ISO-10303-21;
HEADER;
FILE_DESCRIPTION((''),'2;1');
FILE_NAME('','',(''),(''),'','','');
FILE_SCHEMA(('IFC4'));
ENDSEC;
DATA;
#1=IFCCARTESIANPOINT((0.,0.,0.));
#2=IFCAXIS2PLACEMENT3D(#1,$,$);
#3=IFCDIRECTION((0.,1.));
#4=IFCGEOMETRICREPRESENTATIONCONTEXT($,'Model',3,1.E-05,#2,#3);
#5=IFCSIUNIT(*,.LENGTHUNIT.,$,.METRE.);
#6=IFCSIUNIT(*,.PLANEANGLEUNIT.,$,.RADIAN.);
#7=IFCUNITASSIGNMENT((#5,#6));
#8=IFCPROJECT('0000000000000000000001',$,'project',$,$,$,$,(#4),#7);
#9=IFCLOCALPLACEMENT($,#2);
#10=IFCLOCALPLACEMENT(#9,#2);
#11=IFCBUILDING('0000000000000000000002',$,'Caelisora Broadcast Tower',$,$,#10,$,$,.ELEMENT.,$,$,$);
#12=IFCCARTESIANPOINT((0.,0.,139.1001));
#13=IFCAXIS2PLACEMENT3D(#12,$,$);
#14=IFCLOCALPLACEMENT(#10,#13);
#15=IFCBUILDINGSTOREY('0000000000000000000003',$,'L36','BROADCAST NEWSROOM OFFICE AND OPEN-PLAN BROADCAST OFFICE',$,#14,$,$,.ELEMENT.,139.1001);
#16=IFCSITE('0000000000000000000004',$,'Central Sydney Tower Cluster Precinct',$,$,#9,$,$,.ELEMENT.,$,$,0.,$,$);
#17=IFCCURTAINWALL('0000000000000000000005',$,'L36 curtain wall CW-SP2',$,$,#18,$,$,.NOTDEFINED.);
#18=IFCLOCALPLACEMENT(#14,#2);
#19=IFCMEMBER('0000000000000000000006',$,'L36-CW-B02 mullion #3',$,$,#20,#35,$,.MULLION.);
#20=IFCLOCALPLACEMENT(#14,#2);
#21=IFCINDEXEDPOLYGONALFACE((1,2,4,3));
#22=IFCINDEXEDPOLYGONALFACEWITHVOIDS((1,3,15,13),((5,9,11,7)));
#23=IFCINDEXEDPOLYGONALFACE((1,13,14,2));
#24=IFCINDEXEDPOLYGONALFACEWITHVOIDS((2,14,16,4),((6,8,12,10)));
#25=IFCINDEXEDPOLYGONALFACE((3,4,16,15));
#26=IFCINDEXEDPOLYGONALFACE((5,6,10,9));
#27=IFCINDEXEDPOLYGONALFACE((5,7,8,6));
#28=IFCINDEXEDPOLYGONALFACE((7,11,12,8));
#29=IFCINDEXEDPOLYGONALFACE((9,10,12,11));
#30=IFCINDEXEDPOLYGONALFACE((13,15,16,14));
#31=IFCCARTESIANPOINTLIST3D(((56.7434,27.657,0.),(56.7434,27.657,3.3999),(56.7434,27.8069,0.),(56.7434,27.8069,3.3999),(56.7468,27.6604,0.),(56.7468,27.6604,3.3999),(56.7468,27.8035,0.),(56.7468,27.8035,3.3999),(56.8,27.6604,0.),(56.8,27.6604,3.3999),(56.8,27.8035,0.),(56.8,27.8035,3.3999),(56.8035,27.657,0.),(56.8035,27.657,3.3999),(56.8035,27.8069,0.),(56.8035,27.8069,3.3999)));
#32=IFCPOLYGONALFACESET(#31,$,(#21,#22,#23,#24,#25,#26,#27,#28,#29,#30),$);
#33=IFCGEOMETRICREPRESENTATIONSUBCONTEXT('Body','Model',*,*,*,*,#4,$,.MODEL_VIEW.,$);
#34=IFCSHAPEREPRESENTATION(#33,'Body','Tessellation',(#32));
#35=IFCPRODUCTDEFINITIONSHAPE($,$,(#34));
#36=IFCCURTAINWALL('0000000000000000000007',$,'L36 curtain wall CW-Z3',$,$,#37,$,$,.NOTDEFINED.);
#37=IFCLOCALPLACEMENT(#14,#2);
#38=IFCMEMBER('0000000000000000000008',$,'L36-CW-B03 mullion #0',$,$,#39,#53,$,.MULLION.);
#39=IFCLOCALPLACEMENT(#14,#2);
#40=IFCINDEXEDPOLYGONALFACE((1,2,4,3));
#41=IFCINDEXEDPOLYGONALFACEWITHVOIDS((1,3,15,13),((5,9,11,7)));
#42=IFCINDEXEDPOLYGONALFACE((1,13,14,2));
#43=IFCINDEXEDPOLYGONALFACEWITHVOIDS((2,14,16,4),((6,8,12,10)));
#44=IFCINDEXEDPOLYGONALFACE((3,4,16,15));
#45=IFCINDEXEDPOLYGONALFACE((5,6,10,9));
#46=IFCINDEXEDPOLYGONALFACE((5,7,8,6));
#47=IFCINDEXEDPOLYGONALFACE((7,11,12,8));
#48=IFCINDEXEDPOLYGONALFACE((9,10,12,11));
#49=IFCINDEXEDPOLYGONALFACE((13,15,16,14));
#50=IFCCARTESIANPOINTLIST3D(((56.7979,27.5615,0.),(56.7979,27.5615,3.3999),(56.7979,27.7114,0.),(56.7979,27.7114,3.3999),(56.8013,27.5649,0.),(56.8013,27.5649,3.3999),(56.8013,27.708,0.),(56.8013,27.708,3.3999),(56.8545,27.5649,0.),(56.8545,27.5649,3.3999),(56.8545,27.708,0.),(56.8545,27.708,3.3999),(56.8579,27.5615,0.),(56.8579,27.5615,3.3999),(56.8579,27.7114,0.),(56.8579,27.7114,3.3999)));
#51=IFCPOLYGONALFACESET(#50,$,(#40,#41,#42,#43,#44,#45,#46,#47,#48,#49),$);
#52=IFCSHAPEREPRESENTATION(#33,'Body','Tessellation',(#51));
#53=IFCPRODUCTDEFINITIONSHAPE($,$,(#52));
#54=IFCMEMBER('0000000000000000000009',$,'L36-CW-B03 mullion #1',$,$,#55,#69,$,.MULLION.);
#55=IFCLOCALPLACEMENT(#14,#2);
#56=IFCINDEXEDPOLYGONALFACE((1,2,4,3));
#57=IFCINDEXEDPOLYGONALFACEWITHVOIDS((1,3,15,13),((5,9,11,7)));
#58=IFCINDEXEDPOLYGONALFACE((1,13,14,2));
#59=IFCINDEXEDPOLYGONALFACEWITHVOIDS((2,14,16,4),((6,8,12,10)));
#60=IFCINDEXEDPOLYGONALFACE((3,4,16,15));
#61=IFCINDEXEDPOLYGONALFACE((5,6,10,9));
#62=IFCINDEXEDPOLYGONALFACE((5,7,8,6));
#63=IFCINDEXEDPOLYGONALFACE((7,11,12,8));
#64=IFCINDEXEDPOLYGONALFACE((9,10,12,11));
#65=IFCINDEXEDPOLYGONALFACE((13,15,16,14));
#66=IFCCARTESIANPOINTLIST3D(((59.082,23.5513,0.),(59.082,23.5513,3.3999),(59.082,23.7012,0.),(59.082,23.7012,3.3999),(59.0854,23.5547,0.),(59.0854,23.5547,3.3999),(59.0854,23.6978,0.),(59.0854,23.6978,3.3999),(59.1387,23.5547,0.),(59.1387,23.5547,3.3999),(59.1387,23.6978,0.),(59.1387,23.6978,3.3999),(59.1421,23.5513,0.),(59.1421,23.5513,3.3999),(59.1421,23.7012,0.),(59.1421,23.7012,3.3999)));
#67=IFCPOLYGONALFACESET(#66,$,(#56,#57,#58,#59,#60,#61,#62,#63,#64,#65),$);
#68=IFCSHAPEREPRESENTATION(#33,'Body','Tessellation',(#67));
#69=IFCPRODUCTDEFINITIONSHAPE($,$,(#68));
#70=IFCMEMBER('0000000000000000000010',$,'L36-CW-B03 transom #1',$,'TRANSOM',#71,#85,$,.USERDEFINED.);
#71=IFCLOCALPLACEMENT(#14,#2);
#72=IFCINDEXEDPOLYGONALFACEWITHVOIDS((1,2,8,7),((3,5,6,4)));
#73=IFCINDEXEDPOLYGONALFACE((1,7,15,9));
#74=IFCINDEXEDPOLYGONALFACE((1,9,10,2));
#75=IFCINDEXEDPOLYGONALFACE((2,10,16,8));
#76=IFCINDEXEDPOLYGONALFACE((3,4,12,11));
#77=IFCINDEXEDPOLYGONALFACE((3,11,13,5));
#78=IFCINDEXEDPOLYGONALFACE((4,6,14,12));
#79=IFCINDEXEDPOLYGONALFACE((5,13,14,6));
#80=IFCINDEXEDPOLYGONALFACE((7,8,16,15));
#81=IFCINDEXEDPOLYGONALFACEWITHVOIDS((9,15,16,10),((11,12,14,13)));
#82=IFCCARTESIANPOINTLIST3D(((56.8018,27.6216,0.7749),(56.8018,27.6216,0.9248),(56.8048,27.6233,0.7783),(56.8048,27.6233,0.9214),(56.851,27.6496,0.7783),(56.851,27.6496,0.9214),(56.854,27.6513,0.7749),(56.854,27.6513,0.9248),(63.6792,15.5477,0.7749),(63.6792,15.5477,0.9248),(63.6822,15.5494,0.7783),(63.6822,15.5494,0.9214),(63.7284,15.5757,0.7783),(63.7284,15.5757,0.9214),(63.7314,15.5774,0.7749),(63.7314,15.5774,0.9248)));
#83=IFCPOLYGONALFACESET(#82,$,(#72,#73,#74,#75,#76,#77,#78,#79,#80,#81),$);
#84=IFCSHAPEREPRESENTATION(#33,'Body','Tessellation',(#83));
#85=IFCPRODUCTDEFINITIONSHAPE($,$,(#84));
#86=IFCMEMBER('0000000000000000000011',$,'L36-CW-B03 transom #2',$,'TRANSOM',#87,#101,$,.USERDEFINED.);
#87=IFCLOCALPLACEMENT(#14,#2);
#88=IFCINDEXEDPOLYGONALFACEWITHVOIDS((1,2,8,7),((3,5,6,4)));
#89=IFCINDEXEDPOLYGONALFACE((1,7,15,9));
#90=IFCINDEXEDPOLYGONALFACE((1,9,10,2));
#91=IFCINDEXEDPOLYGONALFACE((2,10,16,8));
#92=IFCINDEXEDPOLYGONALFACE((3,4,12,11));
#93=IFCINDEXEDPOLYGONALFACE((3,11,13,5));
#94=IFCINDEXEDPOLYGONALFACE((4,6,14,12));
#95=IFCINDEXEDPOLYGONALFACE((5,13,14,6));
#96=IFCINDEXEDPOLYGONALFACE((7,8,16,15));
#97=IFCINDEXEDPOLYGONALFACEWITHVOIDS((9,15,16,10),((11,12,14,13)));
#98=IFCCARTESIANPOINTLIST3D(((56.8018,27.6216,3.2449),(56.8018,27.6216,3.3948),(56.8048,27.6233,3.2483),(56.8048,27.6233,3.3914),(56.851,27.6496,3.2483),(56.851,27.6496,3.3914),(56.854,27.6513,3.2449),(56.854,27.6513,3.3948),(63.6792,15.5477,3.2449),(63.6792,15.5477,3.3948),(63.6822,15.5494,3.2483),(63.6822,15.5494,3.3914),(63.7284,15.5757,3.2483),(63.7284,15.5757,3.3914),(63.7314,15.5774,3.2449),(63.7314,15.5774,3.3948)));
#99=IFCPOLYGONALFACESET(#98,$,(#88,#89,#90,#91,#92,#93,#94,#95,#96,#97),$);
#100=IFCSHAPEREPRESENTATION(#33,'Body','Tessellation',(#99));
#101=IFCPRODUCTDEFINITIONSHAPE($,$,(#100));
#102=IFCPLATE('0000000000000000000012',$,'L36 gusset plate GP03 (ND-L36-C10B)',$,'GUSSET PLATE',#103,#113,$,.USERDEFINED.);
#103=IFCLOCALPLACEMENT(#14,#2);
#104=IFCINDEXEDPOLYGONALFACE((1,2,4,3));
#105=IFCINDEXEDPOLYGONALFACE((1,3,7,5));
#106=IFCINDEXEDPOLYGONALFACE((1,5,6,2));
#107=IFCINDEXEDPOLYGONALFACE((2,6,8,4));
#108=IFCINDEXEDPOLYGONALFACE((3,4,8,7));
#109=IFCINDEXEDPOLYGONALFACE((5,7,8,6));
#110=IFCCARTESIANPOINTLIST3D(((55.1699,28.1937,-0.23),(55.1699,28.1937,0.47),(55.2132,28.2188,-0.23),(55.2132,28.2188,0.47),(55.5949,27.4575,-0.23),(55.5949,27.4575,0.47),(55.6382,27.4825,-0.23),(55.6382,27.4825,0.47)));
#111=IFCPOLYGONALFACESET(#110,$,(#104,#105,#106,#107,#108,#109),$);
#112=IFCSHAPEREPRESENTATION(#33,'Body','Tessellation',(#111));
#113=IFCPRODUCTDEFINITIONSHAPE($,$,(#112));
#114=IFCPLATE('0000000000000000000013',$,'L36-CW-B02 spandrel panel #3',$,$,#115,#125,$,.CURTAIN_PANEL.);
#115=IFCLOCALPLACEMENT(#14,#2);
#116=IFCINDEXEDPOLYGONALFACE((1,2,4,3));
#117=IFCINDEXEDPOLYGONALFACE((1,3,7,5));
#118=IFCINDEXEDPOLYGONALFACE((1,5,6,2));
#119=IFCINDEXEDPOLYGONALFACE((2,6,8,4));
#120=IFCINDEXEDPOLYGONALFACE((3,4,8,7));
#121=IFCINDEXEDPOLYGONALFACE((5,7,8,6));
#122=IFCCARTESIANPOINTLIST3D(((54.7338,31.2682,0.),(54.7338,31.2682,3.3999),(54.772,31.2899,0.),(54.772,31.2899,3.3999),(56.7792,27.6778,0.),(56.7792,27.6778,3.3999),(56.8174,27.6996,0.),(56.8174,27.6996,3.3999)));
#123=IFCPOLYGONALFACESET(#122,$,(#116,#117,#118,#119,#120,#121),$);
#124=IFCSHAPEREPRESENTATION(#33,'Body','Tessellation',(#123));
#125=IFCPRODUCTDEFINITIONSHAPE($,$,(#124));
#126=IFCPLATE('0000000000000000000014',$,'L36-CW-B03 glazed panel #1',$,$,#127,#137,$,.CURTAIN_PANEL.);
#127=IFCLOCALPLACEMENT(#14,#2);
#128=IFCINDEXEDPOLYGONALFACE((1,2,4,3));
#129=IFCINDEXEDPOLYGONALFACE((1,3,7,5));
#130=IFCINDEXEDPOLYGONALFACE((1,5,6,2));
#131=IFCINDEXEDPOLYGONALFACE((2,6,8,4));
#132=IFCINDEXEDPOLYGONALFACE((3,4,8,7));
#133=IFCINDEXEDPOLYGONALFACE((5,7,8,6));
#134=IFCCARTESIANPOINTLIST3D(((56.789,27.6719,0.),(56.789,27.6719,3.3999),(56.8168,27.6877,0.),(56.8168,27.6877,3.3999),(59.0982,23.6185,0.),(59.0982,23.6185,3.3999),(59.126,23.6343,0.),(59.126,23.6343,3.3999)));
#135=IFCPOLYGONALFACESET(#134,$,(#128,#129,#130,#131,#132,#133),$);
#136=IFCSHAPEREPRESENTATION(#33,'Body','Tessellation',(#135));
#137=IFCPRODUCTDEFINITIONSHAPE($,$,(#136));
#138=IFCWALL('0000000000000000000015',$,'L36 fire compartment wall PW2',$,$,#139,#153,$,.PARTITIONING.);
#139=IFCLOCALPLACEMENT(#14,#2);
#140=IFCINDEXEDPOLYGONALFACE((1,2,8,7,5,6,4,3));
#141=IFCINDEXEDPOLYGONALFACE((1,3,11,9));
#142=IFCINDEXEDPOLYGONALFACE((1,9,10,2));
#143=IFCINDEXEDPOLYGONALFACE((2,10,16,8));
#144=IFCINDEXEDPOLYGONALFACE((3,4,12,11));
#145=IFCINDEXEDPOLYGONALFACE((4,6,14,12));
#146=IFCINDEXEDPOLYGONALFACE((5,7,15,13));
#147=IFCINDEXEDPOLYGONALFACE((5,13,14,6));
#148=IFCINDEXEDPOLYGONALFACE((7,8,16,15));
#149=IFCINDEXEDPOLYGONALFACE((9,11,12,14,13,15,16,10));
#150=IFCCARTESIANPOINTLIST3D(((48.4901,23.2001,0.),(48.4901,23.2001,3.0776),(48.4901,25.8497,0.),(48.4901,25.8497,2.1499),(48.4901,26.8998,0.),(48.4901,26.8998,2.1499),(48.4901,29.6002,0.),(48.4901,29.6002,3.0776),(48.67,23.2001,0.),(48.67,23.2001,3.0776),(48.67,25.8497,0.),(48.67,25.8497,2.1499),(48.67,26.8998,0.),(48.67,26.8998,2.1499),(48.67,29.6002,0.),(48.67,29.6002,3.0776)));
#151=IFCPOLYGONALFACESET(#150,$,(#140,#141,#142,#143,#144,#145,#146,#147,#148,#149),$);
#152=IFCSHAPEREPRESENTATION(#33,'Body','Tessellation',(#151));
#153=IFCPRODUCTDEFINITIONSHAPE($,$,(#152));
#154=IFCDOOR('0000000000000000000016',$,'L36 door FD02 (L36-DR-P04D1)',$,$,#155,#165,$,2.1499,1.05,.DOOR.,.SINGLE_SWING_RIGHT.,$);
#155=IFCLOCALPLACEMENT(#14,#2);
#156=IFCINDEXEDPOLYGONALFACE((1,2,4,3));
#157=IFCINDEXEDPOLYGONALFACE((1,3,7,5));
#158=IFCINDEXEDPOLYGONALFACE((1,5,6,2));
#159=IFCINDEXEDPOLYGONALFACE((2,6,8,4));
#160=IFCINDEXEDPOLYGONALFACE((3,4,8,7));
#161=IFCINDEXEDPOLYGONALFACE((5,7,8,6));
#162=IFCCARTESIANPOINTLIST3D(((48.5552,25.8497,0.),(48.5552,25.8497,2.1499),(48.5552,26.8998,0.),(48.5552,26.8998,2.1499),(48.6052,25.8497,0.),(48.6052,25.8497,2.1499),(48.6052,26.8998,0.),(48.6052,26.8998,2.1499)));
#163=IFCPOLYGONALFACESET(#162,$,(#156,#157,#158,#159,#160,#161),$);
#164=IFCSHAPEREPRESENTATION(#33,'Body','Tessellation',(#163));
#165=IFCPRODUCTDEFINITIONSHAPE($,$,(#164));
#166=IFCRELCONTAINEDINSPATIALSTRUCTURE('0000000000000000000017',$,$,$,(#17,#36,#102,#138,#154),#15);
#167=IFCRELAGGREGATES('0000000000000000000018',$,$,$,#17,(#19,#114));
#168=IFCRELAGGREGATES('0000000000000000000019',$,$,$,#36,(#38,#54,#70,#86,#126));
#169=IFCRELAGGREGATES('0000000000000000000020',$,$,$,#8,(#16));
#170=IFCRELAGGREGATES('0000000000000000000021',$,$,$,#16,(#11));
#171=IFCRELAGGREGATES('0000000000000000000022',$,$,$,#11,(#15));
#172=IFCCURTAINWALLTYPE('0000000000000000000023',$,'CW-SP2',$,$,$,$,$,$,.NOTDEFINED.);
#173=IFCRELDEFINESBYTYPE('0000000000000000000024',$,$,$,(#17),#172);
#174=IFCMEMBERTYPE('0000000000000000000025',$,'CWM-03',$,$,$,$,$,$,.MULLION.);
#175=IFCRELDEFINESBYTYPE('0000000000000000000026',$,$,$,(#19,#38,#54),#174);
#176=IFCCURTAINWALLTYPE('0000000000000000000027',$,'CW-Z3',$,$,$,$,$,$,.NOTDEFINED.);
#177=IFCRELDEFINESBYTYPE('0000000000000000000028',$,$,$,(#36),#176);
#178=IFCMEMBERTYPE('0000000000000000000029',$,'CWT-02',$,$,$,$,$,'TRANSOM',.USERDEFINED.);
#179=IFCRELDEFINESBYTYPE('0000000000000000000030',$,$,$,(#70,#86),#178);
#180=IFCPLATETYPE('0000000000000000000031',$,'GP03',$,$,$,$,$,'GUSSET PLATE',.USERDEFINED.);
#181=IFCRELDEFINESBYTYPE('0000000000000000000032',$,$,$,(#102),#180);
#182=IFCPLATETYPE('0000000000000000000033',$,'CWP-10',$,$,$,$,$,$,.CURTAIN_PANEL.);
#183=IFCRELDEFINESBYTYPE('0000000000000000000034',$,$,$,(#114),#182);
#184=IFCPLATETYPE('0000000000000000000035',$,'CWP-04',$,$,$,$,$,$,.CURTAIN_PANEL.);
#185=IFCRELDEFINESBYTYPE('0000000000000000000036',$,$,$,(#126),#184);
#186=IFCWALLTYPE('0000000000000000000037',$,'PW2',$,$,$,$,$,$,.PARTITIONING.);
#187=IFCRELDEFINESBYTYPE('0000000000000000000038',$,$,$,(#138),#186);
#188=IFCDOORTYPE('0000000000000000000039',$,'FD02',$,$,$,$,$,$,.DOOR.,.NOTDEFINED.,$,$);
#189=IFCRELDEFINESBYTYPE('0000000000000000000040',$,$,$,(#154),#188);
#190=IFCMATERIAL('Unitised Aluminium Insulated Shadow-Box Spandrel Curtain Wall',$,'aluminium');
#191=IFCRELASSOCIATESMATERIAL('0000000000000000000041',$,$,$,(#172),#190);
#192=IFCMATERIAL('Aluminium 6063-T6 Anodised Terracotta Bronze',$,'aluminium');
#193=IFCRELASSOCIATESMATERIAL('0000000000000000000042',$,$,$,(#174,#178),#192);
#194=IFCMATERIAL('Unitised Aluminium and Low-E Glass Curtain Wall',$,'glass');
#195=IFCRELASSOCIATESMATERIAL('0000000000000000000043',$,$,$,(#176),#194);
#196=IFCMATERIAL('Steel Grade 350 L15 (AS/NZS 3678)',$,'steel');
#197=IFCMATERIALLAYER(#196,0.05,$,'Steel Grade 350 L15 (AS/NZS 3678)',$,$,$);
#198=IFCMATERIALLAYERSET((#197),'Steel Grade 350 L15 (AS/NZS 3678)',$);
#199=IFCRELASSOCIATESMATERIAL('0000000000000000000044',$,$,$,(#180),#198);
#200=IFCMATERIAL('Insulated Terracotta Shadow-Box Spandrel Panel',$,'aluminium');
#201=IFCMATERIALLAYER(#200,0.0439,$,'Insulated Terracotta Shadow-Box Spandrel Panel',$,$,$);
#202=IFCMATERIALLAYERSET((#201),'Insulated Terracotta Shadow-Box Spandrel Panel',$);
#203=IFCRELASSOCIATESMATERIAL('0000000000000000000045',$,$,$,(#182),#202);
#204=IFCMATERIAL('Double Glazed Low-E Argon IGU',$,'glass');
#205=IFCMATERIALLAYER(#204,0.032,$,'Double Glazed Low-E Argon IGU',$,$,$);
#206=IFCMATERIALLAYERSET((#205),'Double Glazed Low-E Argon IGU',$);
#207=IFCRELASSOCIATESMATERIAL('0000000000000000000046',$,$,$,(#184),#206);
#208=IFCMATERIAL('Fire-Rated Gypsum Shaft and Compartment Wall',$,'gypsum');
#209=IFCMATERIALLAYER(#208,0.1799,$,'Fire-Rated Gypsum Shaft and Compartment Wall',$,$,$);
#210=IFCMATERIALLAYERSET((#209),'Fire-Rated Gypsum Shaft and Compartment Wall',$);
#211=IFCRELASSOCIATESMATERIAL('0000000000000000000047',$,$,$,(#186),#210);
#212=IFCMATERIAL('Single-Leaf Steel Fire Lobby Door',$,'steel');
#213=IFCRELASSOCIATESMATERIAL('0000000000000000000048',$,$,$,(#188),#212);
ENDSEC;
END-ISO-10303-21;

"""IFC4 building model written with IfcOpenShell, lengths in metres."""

from ifc_helpers import new_model, si_unit, direction, frame, frame_2d, origin, origin_2d, place, context, subcontext, project, spatial, rectangle, hollow_rectangle, extrude, source, transform, mapped, material, layer, layer_set, material_profile, profile_set, type_object, type_shapes, element, fill, aggregate, save


model = new_model("IFC4")

# Units and contexts
model_context = context("Model", 3, precision=1e-05, world=origin(), true_north=direction((0.0, 1.0)))
body_context = subcontext(model_context, "Body", "Model", "MODEL_VIEW")
ifc_project = project(units=[si_unit("LENGTHUNIT", "METRE"), si_unit("PLANEANGLEUNIT", "RADIAN")], contexts=[model_context])

# Site, building, storey
site_placement = place(None, origin())
site = spatial("IfcSite", under=ifc_project, at=site_placement, Name="Central Sydney Tower Cluster Precinct", CompositionType="ELEMENT", RefElevation=0.0)
building_placement = place(site_placement, origin())
building = spatial("IfcBuilding", under=site, at=building_placement, Name="Caelisora Broadcast Tower", CompositionType="ELEMENT")
storey_placement = place(building_placement, frame((0.0, 0.0, 139.1001)))
storey = spatial("IfcBuildingStorey", under=building, at=storey_placement, Name="L36", Description="BROADCAST NEWSROOM OFFICE AND OPEN-PLAN BROADCAST OFFICE", CompositionType="ELEMENT", Elevation=139.1001)

# Shared definitions
ifc_material_1 = material(Name="Steel Grade 350 L15 (AS/NZS 3678)", Category="steel")

# Curtain walls, members
ifc_material_2 = material(Name="Unitised Aluminium Insulated Shadow-Box Spandrel Curtain Wall", Category="aluminium")
curtain_wall_type_1 = type_object("IfcCurtainWallType", Name="CW-SP2", PredefinedType="NOTDEFINED", material=ifc_material_2)
curtain_wall_1_placement = place(storey_placement, origin())
curtain_wall_1 = element("IfcCurtainWall", 1, at=curtain_wall_1_placement, inside=storey, type_object=curtain_wall_type_1, Name="L36 curtain wall CW-SP2", PredefinedType="NOTDEFINED")
ifc_material_3 = material(Name="Aluminium 6063-T6 Anodised Terracotta Bronze", Category="aluminium")
ifc_material_profile_1 = material_profile(ifc_material_3, hollow_rectangle(XDim=0.0601, YDim=0.1499, WallThickness=0.0034, at=origin_2d()), Name="Aluminium 6063-T6 Anodised Terracotta Bronze")
ifc_profile_set_1 = profile_set([ifc_material_profile_1], Name="Aluminium 6063-T6 Anodised Terracotta Bronze")
member_type_1 = type_object("IfcMemberType", Name="CWM-03", PredefinedType="MULLION", material=ifc_profile_set_1)
shared_shape_1 = source(origin(), body_context, "Body", "SweptSolid", [
    extrude(hollow_rectangle(XDim=0.0601, YDim=0.1499, WallThickness=0.0034, at=origin_2d()), origin(), (0.0, 0.0, 1.0), 3.3999),
])
type_shapes(member_type_1, [shared_shape_1])
member_1_placement = place(storey_placement, frame((56.7734, 27.7319, 0.0), z_axis=(0.0, 0.0, 1.0), x_axis=(1.0, 0.0, 0.0)))
member_1 = element("IfcMember", 2, at=member_1_placement, type_object=member_type_1, Name="L36-CW-B02 mullion #3", PredefinedType="MULLION", context=body_context, shape_type="MappedRepresentation", body=[
    mapped(shared_shape_1, transform((0.0, 0.0, 0.0), scale=1.0)),
])
ifc_material_4 = material(Name="Unitised Aluminium and Low-E Glass Curtain Wall", Category="glass")
curtain_wall_type_2 = type_object("IfcCurtainWallType", Name="CW-Z3", PredefinedType="NOTDEFINED", material=ifc_material_4)
curtain_wall_2_placement = place(storey_placement, origin())
curtain_wall_2 = element("IfcCurtainWall", 3, at=curtain_wall_2_placement, inside=storey, type_object=curtain_wall_type_2, Name="L36 curtain wall CW-Z3", PredefinedType="NOTDEFINED")
member_2_placement = place(storey_placement, frame((56.8279, 27.6365, 0.0), z_axis=(0.0, 0.0, 1.0), x_axis=(1.0, 0.0, 0.0)))
member_2 = element("IfcMember", 4, at=member_2_placement, type_object=member_type_1, Name="L36-CW-B03 mullion #0", PredefinedType="MULLION", context=body_context, shape_type="MappedRepresentation", body=[
    mapped(shared_shape_1, transform((0.0, 0.0, 0.0), scale=1.0)),
])
member_3_placement = place(storey_placement, frame((59.1121, 23.6262, 0.0), z_axis=(0.0, 0.0, 1.0), x_axis=(1.0, 0.0, 0.0)))
member_3 = element("IfcMember", 5, at=member_3_placement, type_object=member_type_1, Name="L36-CW-B03 mullion #1", PredefinedType="MULLION", context=body_context, shape_type="MappedRepresentation", body=[
    mapped(shared_shape_1, transform((0.0, 0.0, 0.0), scale=1.0)),
])
ifc_material_profile_2 = material_profile(ifc_material_3, hollow_rectangle(XDim=0.0601, YDim=0.1499, WallThickness=0.0034, at=origin_2d()), Name="Aluminium 6063-T6 Anodised Terracotta Bronze")
ifc_profile_set_2 = profile_set([ifc_material_profile_2], Name="Aluminium 6063-T6 Anodised Terracotta Bronze")
member_type_2 = type_object("IfcMemberType", Name="CWT-02", ElementType="TRANSOM", PredefinedType="USERDEFINED", material=ifc_profile_set_2)
shared_shape_2 = source(origin(), body_context, "Body", "SweptSolid", [
    extrude(hollow_rectangle(XDim=0.0601, YDim=0.1499, WallThickness=0.0034, at=origin_2d()), origin(), (0.0, 0.0, 1.0), 13.8953),
])
type_shapes(member_type_2, [shared_shape_2])
member_4_placement = place(storey_placement, frame((56.8279, 27.6365, 0.8499), z_axis=(0.494946, -0.868923, 0.0), x_axis=(0.868923, 0.494946, 0.0)))
member_4 = element("IfcMember", 6, at=member_4_placement, type_object=member_type_2, Name="L36-CW-B03 transom #1", ObjectType="TRANSOM", PredefinedType="USERDEFINED", context=body_context, shape_type="MappedRepresentation", body=[
    mapped(shared_shape_2, transform((0.0, 0.0, 0.0), scale=1.0)),
])
member_5_placement = place(storey_placement, frame((56.8279, 27.6365, 3.3198), z_axis=(0.494946, -0.868923, 0.0), x_axis=(0.868923, 0.494946, 0.0)))
member_5 = element("IfcMember", 7, at=member_5_placement, type_object=member_type_2, Name="L36-CW-B03 transom #2", ObjectType="TRANSOM", PredefinedType="USERDEFINED", context=body_context, shape_type="MappedRepresentation", body=[
    mapped(shared_shape_2, transform((0.0, 0.0, 0.0), scale=1.0)),
])

# Plates
ifc_layer_1 = layer(ifc_material_1, 0.05, Name="Steel Grade 350 L15 (AS/NZS 3678)")
ifc_layer_set_1 = layer_set([ifc_layer_1], Name="Steel Grade 350 L15 (AS/NZS 3678)")
plate_type_1 = type_object("IfcPlateType", Name="GP03", ElementType="GUSSET PLATE", PredefinedType="USERDEFINED", material=ifc_layer_set_1)
shared_shape_3 = source(origin(), body_context, "Body", "SweptSolid", [
    extrude(rectangle(XDim=0.8501, YDim=0.05, at=origin_2d()), origin(), (0.0, 0.0, 1.0), 0.7),
])
type_shapes(plate_type_1, [shared_shape_3])
plate_1_placement = place(storey_placement, frame((55.4041, 27.8381, -0.23), z_axis=(0.0, 0.0, 1.0), x_axis=(-0.5, 0.866025, 0.0)))
element("IfcPlate", 8, at=plate_1_placement, inside=storey, type_object=plate_type_1, Name="L36 gusset plate GP03 (ND-L36-C10B)", ObjectType="GUSSET PLATE", PredefinedType="USERDEFINED", context=body_context, shape_type="MappedRepresentation", body=[
    mapped(shared_shape_3, transform((0.0, 0.0, 0.0), scale=1.0)),
])
ifc_material_5 = material(Name="Insulated Terracotta Shadow-Box Spandrel Panel", Category="aluminium")
ifc_layer_2 = layer(ifc_material_5, 0.0439, Name="Insulated Terracotta Shadow-Box Spandrel Panel")
ifc_layer_set_2 = layer_set([ifc_layer_2], Name="Insulated Terracotta Shadow-Box Spandrel Panel")
plate_type_2 = type_object("IfcPlateType", Name="CWP-10", PredefinedType="CURTAIN_PANEL", material=ifc_layer_set_2)
shared_shape_4 = source(origin(), body_context, "Body", "SweptSolid", [
    extrude(rectangle(XDim=4.1321, YDim=0.0439, at=origin_2d()), origin(), (0.0, 0.0, 1.0), 3.3999),
])
type_shapes(plate_type_2, [shared_shape_4])
plate_2_placement = place(storey_placement, frame((55.7756, 29.4839, 0.0), z_axis=(0.0, 0.0, 1.0), x_axis=(0.495004, -0.868891, 0.0)))
plate_2 = element("IfcPlate", 9, at=plate_2_placement, type_object=plate_type_2, Name="L36-CW-B02 spandrel panel #3", PredefinedType="CURTAIN_PANEL", context=body_context, shape_type="MappedRepresentation", body=[
    mapped(shared_shape_4, transform((0.0, 0.0, 0.0), scale=1.0)),
])
aggregate(curtain_wall_1, [member_1, plate_2])
ifc_material_6 = material(Name="Double Glazed Low-E Argon IGU", Category="glass")
ifc_layer_3 = layer(ifc_material_6, 0.032, Name="Double Glazed Low-E Argon IGU")
ifc_layer_set_3 = layer_set([ifc_layer_3], Name="Double Glazed Low-E Argon IGU")
plate_type_3 = type_object("IfcPlateType", Name="CWP-04", PredefinedType="CURTAIN_PANEL", material=ifc_layer_set_3)
shared_shape_5 = source(origin(), body_context, "Body", "SweptSolid", [
    extrude(rectangle(XDim=4.665, YDim=0.032, at=origin_2d()), origin(), (0.0, 0.0, 1.0), 3.3999),
])
type_shapes(plate_type_3, [shared_shape_5])
plate_3_placement = place(storey_placement, frame((57.9575, 25.6531, 0.0), z_axis=(0.0, 0.0, 1.0), x_axis=(0.495004, -0.868891, 0.0)))
plate_3 = element("IfcPlate", 10, at=plate_3_placement, type_object=plate_type_3, Name="L36-CW-B03 glazed panel #1", PredefinedType="CURTAIN_PANEL", context=body_context, shape_type="MappedRepresentation", body=[
    mapped(shared_shape_5, transform((0.0, 0.0, 0.0), scale=1.0)),
])
aggregate(curtain_wall_2, [member_2, member_3, member_4, member_5, plate_3])

# Wall, opening, door
ifc_material_7 = material(Name="Fire-Rated Gypsum Shaft and Compartment Wall", Category="gypsum")
ifc_layer_4 = layer(ifc_material_7, 0.1799, Name="Fire-Rated Gypsum Shaft and Compartment Wall")
ifc_layer_set_4 = layer_set([ifc_layer_4], Name="Fire-Rated Gypsum Shaft and Compartment Wall")
wall_type_1 = type_object("IfcWallType", Name="PW2", PredefinedType="PARTITIONING", material=ifc_layer_set_4)
wall_1_placement = place(storey_placement, frame((48.5801, 23.2, 0.0), z_axis=(0.0, 0.0, 1.0), x_axis=(0.0, 1.0, 0.0)))
wall_1 = element("IfcWall", 11, at=wall_1_placement, inside=storey, type_object=wall_type_1, Name="L36 fire compartment wall PW2", PredefinedType="PARTITIONING", context=body_context, shape_type="SweptSolid", body=[
    extrude(rectangle(XDim=6.4001, YDim=0.1799, at=frame_2d((3.2002, 0.0))), origin(), (0.0, 0.0, 1.0), 3.0776),
])
opening_placement = place(wall_1_placement, frame((2.6499, 0.0, 0.0)))
opening = element("IfcOpeningElement", 12, at=opening_placement, cuts=wall_1, PredefinedType="OPENING", context=body_context, shape_type="SweptSolid", body=[
    extrude(rectangle(XDim=1.05, YDim=2.1499, at=frame_2d((0.5249, 1.075))), frame((0.0, 0.1021, 0.0), z_axis=(0.0, -1.0, 0.0), x_axis=(1.0, 0.0, 0.0)), (0.0, 0.0, 1.0), 0.2039),
])
ifc_material_8 = material(Name="Single-Leaf Steel Fire Lobby Door", Category="steel")
door_type = type_object("IfcDoorType", Name="FD02", OperationType="NOTDEFINED", PredefinedType="DOOR", material=ifc_material_8)
door_placement = place(opening_placement, origin())
door = element("IfcDoor", 13, at=door_placement, inside=storey, type_object=door_type, Name="L36 door FD02 (L36-DR-P04D1)", OperationType="SINGLE_SWING_RIGHT", OverallHeight=2.1499, OverallWidth=1.05, PredefinedType="DOOR", context=body_context, shape_type="SweptSolid", body=[
    extrude(rectangle(XDim=1.05, YDim=2.1499, at=frame_2d((0.5249, 1.075))), frame((0.0, 0.0249, 0.0), z_axis=(0.0, -1.0, 0.0), x_axis=(1.0, 0.0, 0.0)), (0.0, 0.0, 1.0), 0.05),
])
fill(opening, door)

save(model, "model.ifc")
